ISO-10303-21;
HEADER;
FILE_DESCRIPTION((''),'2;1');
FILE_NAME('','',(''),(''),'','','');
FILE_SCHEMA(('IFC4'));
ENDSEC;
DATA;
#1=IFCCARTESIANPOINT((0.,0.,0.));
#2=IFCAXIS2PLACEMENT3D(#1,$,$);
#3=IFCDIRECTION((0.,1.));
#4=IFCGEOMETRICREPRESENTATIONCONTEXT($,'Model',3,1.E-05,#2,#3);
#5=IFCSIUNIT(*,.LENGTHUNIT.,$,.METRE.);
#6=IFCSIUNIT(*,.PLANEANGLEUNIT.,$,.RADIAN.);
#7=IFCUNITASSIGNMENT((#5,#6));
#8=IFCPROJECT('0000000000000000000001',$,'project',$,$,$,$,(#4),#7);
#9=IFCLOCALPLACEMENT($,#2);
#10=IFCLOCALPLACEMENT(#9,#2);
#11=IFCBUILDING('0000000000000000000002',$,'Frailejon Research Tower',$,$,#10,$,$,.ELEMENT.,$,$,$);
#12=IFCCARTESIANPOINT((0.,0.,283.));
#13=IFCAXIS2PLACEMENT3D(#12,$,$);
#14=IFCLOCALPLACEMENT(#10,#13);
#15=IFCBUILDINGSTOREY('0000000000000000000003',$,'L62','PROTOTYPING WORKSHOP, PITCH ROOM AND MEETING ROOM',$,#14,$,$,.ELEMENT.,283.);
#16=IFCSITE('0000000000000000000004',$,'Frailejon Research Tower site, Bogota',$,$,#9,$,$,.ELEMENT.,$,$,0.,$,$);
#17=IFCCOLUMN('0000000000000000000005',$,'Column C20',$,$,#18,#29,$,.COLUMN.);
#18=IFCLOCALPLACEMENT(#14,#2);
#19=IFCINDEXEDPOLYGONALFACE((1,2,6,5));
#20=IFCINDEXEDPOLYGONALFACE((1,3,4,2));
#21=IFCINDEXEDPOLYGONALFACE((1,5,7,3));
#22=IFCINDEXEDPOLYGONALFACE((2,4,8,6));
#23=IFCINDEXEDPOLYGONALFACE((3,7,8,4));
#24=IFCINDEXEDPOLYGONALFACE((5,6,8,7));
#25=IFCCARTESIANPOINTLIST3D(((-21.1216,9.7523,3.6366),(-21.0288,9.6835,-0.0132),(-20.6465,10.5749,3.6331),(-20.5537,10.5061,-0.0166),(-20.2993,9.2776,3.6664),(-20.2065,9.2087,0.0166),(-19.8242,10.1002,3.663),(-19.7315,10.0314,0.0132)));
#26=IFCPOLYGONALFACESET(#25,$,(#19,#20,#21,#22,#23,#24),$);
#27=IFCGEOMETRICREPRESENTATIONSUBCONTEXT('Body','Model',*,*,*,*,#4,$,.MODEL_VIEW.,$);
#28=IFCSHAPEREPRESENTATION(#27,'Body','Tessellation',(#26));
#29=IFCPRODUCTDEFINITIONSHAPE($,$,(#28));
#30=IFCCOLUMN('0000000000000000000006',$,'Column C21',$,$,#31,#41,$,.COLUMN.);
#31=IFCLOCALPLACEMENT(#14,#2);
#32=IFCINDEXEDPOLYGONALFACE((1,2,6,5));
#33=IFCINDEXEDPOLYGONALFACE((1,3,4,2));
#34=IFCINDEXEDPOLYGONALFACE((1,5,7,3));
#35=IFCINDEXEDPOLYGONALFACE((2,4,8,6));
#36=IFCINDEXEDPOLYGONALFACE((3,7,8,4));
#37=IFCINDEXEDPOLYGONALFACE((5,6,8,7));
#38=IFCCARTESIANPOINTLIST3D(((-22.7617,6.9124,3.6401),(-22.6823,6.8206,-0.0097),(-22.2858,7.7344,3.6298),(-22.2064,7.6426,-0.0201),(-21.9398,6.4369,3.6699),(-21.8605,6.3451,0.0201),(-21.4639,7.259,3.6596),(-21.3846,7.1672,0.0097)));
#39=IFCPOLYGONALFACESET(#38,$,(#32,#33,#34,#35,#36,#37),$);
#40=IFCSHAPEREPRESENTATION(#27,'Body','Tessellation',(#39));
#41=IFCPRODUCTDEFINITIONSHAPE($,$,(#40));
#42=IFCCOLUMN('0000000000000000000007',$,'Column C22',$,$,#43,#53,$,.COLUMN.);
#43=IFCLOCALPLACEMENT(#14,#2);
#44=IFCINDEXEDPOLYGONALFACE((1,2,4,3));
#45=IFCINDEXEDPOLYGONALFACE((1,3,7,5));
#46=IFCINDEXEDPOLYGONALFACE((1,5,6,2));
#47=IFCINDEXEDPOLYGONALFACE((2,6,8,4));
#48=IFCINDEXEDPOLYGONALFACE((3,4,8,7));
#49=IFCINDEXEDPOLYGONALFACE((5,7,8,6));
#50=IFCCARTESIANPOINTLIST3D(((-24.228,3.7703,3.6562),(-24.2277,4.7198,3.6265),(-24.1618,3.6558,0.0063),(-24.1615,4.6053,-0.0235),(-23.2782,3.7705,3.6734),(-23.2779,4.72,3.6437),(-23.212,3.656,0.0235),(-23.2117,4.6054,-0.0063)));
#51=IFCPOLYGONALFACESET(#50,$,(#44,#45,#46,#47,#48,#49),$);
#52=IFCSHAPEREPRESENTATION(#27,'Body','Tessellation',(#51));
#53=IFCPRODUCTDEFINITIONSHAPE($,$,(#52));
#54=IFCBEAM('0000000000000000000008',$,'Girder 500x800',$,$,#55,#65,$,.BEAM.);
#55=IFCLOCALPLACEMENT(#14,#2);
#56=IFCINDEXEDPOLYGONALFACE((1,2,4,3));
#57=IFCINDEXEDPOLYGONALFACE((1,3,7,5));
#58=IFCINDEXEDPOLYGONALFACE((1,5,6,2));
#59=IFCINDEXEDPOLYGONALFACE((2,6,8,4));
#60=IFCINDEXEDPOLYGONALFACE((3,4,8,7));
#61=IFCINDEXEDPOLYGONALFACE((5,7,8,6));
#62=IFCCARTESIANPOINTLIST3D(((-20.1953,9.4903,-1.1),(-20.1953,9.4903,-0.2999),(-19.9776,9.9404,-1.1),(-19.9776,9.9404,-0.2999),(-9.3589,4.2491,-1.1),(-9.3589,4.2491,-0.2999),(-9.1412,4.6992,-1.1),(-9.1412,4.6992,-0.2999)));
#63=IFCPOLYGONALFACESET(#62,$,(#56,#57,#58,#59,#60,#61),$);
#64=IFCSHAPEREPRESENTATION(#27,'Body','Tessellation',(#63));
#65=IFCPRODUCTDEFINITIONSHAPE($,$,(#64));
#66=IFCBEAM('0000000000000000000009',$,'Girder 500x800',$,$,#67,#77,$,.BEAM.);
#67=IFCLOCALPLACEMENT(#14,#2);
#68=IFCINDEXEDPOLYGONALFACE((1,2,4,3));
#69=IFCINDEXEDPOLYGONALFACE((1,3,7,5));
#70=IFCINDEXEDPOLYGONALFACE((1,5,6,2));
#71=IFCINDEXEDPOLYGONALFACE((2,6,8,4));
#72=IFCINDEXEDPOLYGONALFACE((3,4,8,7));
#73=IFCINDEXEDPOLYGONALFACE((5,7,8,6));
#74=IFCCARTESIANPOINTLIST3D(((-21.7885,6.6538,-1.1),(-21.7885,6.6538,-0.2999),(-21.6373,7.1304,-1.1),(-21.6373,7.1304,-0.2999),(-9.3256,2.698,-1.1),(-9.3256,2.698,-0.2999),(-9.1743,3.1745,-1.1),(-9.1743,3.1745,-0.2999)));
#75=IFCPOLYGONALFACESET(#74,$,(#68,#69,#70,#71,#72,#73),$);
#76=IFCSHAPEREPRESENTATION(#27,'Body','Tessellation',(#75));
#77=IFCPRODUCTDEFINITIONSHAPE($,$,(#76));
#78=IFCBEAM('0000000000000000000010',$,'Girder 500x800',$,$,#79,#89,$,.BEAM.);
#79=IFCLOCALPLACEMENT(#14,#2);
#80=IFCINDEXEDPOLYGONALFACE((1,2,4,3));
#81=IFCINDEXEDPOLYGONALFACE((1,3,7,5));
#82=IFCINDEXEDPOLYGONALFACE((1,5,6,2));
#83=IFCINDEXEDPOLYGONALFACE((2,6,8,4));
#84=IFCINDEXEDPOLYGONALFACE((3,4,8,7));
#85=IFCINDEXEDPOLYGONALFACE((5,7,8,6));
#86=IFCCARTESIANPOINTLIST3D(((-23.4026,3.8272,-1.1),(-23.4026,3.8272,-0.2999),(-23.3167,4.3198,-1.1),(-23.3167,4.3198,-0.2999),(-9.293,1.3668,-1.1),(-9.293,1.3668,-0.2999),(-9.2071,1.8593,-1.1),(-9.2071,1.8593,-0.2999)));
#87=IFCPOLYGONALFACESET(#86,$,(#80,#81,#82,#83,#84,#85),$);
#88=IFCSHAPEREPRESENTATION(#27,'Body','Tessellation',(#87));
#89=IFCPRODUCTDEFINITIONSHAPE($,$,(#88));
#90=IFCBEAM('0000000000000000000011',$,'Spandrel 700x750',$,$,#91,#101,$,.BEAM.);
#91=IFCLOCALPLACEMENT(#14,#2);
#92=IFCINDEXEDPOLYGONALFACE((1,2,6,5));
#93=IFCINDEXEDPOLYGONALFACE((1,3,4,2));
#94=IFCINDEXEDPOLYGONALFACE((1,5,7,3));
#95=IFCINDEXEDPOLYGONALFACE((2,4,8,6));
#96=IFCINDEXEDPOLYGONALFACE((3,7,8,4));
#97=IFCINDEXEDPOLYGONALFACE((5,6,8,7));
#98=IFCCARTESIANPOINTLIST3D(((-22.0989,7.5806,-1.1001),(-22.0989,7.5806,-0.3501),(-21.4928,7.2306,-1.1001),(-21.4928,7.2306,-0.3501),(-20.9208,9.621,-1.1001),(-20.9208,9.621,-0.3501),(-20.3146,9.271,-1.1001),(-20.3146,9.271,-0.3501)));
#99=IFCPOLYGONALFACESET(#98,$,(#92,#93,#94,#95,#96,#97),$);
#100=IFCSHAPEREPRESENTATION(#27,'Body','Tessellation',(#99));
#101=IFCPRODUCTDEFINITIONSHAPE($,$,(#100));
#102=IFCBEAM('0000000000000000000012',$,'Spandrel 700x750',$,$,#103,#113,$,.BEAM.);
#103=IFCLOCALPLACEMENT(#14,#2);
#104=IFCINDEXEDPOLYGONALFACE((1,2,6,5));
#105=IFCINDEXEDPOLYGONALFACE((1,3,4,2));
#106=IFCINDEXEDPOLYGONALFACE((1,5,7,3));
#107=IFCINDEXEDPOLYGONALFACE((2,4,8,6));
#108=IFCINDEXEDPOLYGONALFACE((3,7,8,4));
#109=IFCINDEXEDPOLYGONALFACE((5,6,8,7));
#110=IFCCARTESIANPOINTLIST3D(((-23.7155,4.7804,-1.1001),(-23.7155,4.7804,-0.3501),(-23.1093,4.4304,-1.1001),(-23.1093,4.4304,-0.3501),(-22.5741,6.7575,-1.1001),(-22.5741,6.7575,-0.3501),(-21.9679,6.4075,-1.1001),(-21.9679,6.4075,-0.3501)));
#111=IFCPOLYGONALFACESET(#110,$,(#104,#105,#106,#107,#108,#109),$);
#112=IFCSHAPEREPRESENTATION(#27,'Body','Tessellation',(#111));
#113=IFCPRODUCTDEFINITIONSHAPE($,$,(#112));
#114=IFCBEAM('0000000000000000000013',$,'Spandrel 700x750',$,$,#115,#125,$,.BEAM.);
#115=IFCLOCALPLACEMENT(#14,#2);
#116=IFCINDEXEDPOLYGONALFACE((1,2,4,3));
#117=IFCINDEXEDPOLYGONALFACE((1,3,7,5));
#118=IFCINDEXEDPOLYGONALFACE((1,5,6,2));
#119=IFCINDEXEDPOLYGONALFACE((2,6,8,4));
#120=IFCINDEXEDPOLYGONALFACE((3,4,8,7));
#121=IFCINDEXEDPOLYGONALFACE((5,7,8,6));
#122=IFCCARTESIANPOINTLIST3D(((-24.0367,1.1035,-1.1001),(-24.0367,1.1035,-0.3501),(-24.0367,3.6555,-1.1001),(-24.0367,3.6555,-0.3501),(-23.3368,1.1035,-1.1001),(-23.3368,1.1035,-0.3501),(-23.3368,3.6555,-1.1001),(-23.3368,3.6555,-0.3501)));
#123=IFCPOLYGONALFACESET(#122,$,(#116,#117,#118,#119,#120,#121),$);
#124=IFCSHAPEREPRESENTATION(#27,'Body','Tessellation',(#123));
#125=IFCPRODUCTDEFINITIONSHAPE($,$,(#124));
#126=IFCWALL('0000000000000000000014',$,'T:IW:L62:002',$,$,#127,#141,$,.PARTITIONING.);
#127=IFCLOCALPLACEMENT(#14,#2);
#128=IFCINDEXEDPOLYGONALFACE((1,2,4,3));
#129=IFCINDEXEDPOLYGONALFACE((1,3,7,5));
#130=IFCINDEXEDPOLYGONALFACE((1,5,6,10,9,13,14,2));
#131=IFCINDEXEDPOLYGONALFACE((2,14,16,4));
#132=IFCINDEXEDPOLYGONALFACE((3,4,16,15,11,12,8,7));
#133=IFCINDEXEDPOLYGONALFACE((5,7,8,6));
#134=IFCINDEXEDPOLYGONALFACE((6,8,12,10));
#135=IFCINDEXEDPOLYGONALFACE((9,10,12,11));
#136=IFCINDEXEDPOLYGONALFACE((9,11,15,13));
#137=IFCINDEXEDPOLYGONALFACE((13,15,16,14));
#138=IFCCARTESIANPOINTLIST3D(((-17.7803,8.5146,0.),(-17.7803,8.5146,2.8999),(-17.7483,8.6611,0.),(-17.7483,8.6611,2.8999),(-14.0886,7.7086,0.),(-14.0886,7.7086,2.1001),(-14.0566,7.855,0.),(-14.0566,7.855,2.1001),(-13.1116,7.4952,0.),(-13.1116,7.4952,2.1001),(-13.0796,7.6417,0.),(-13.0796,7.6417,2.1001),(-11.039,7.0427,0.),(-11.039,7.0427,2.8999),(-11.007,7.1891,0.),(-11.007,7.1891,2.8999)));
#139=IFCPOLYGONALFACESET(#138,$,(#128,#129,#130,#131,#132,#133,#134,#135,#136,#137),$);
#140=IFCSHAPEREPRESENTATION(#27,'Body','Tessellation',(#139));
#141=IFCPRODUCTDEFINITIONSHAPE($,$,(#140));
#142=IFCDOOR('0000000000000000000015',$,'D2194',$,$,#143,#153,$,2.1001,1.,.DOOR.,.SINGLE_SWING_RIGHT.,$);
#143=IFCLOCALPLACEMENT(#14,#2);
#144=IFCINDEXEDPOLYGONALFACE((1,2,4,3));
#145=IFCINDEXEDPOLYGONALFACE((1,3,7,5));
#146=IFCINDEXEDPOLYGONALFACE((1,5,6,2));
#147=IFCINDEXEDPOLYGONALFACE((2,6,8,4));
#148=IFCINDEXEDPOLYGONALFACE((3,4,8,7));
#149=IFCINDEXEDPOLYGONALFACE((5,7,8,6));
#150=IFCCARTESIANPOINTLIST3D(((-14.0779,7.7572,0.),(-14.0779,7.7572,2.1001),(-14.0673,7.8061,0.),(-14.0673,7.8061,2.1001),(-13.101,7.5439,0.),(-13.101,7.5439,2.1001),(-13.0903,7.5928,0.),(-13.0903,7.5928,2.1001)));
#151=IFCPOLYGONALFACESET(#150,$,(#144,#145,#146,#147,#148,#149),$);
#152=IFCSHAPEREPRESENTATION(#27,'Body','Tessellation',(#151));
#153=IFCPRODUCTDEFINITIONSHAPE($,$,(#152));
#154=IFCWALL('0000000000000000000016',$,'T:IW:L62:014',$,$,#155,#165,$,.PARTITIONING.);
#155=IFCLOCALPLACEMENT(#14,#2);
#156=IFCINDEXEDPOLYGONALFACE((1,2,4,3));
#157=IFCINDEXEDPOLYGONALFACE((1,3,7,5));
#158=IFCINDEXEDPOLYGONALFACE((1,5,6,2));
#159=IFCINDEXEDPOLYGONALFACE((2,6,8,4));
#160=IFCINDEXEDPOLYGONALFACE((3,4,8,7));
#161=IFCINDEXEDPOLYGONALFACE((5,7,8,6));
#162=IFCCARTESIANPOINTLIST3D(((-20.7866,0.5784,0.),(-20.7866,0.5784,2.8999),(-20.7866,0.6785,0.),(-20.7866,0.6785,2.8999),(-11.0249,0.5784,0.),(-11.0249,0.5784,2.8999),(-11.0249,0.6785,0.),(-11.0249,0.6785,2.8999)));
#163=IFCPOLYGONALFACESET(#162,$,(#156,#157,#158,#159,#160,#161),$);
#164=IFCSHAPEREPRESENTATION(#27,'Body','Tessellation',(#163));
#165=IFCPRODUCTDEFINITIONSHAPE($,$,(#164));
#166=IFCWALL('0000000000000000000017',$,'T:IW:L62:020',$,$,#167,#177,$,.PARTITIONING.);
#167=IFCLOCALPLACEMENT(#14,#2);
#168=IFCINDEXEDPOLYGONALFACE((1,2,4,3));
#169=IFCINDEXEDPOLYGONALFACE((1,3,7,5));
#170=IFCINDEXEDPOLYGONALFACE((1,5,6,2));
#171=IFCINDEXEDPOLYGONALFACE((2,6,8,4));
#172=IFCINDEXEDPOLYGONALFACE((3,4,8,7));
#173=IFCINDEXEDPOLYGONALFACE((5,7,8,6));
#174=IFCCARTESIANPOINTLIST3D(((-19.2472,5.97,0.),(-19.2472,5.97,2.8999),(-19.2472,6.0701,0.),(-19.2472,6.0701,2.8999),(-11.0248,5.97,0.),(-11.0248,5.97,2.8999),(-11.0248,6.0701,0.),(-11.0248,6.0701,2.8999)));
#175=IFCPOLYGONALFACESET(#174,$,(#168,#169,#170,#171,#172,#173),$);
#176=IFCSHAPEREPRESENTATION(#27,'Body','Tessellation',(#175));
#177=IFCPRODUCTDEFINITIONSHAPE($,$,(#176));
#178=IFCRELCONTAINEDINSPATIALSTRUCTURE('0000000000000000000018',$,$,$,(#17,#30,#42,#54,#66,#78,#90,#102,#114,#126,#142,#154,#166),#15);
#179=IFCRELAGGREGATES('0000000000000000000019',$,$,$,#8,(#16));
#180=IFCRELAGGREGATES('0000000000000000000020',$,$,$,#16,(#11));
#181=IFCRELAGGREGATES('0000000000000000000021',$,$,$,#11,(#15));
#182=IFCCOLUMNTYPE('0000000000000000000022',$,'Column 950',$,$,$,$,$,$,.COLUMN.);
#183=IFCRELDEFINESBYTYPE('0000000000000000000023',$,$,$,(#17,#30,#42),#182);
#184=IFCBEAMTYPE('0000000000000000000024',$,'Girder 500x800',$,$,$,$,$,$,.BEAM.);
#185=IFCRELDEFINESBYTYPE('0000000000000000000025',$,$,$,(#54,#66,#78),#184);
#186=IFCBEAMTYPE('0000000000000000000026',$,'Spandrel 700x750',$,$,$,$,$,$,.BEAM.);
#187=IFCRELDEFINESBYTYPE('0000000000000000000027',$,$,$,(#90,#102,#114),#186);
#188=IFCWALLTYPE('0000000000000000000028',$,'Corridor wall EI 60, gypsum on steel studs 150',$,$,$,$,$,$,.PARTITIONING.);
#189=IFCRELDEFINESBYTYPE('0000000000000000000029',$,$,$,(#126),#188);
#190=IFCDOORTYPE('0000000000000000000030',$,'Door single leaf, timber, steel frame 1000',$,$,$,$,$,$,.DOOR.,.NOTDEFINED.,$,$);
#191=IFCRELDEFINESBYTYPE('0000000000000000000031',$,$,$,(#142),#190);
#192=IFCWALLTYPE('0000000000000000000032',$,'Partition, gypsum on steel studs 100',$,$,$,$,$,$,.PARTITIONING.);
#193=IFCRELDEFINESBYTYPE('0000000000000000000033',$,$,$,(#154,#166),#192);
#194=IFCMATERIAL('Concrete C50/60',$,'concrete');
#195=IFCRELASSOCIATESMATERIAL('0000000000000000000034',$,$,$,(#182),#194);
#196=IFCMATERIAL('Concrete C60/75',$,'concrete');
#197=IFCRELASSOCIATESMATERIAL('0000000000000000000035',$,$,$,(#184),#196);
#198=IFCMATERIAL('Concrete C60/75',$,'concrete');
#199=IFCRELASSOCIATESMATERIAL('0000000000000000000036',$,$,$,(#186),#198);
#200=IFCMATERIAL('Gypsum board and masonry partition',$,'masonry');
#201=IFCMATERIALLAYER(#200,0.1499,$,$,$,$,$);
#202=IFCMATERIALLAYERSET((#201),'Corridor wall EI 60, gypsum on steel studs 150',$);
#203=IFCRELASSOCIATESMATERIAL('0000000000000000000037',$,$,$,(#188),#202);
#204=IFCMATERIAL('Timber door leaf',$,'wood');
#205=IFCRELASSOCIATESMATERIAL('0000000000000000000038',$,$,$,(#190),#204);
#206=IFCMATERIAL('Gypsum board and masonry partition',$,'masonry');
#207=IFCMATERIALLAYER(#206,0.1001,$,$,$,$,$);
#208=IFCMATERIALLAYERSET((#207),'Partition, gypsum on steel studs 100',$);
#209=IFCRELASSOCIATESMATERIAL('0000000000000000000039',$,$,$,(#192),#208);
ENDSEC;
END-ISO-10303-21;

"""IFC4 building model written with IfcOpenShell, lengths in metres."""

from ifc_helpers import new_model, si_unit, direction, frame, frame_2d, origin, origin_2d, place, context, subcontext, project, spatial, rectangle, extrude, material, layer, layer_set, material_profile, profile_set, type_object, element, fill, save


model = new_model("IFC4")

# Units and contexts
model_context = context("Model", 3, precision=1e-05, world=origin(), true_north=direction((0.0, 1.0)))
body_context = subcontext(model_context, "Body", "Model", "MODEL_VIEW")
ifc_project = project(units=[si_unit("LENGTHUNIT", "METRE"), si_unit("PLANEANGLEUNIT", "RADIAN")], contexts=[model_context])

# Site, building, storey
site_placement = place(None, origin())
site = spatial("IfcSite", under=ifc_project, at=site_placement, Name="Frailejon Research Tower site, Bogota", CompositionType="ELEMENT", RefElevation=0.0)
building_placement = place(site_placement, origin())
building = spatial("IfcBuilding", under=site, at=building_placement, Name="Frailejon Research Tower", CompositionType="ELEMENT")
storey_placement = place(building_placement, frame((0.0, 0.0, 283.0)))
storey = spatial("IfcBuildingStorey", under=building, at=storey_placement, Name="L62", Description="PROTOTYPING WORKSHOP, PITCH ROOM AND MEETING ROOM", CompositionType="ELEMENT", Elevation=283.0)

# Columns
ifc_material_1 = material(Name="Concrete C50/60", Category="concrete")
ifc_material_profile_1 = material_profile(ifc_material_1, rectangle(XDim=0.95, YDim=0.95, at=origin_2d()), Name="Column 950")
ifc_profile_set_1 = profile_set([ifc_material_profile_1], Name="Concrete C50/60")
column_type = type_object("IfcColumnType", Name="Column 950", PredefinedType="COLUMN", material=ifc_profile_set_1)
column_1_placement = place(storey_placement, frame((-20.3801, 9.8574, 0.0), z_axis=(-0.025405, 0.018853, 0.999499), x_axis=(-0.500084, -0.865969, 0.003624)))
element("IfcColumn", 1, at=column_1_placement, inside=storey, type_object=column_type, Name="Column C20", PredefinedType="COLUMN", context=body_context, shape_type="SweptSolid", body=[
    extrude(rectangle(XDim=0.95, YDim=0.95, at=origin_2d()), origin(), (0.0, 0.0, 1.0), 3.6516),
])
column_2_placement = place(storey_placement, frame((-22.0334, 6.9939, 0.0), z_axis=(-0.021727, 0.025137, 0.999448), x_axis=(-0.500981, -0.86539, 0.010874)))
element("IfcColumn", 2, at=column_2_placement, inside=storey, type_object=column_type, Name="Column C21", PredefinedType="COLUMN", context=body_context, shape_type="SweptSolid", body=[
    extrude(rectangle(XDim=0.95, YDim=0.95, at=origin_2d()), origin(), (0.0, 0.0, 1.0), 3.6519),
])
column_3_placement = place(storey_placement, frame((-23.6868, 4.1306, 0.0), z_axis=(-0.018115, 0.031351, 0.999344), x_axis=(-0.000375, -0.999508, 0.031349)))
element("IfcColumn", 3, at=column_3_placement, inside=storey, type_object=column_type, Name="Column C22", PredefinedType="COLUMN", context=body_context, shape_type="SweptSolid", body=[
    extrude(rectangle(XDim=0.95, YDim=0.95, at=origin_2d()), origin(), (0.0, 0.0, 1.0), 3.6523),
])

# Beams
ifc_material_2 = material(Name="Concrete C60/75", Category="concrete")
ifc_material_profile_2 = material_profile(ifc_material_2, rectangle(XDim=0.5, YDim=0.8, at=origin_2d()), Name="Girder 500x800")
ifc_profile_set_2 = profile_set([ifc_material_profile_2], Name="Concrete C60/75")
beam_type_1 = type_object("IfcBeamType", Name="Girder 500x800", PredefinedType="BEAM", material=ifc_profile_set_2)
beam_1_placement = place(storey_placement, frame((-20.0864, 9.7153, -0.7), z_axis=(0.900232, -0.435411, 0.0), x_axis=(0.435411, 0.900232, 0.0)))
element("IfcBeam", 4, at=beam_1_placement, inside=storey, type_object=beam_type_1, Name="Girder 500x800", PredefinedType="BEAM", context=body_context, shape_type="SweptSolid", body=[
    extrude(rectangle(XDim=0.5, YDim=0.8, at=origin_2d()), origin(), (0.0, 0.0, 1.0), 12.0374),
])
beam_2_placement = place(storey_placement, frame((-21.7129, 6.8921, -0.7), z_axis=(0.953139, -0.302533, 0.0), x_axis=(0.302533, 0.953139, 0.0)))
element("IfcBeam", 5, at=beam_2_placement, inside=storey, type_object=beam_type_1, Name="Girder 500x800", PredefinedType="BEAM", context=body_context, shape_type="SweptSolid", body=[
    extrude(rectangle(XDim=0.5, YDim=0.8, at=origin_2d()), origin(), (0.0, 0.0, 1.0), 13.0757),
])
beam_3_placement = place(storey_placement, frame((-23.3596, 4.0735, -0.7), z_axis=(0.985134, -0.171789, 0.0), x_axis=(0.171789, 0.985134, 0.0)))
element("IfcBeam", 6, at=beam_3_placement, inside=storey, type_object=beam_type_1, Name="Girder 500x800", PredefinedType="BEAM", context=body_context, shape_type="SweptSolid", body=[
    extrude(rectangle(XDim=0.5, YDim=0.8, at=origin_2d()), origin(), (0.0, 0.0, 1.0), 14.3225),
])
ifc_material_3 = material(Name="Concrete C60/75", Category="concrete")
ifc_material_profile_3 = material_profile(ifc_material_3, rectangle(XDim=0.7, YDim=0.75, at=origin_2d()), Name="Spandrel 700x750")
ifc_profile_set_3 = profile_set([ifc_material_profile_3], Name="Concrete C60/75")
beam_type_2 = type_object("IfcBeamType", Name="Spandrel 700x750", PredefinedType="BEAM", material=ifc_profile_set_3)
beam_4_placement = place(storey_placement, frame((-20.6177, 9.446, -0.7251), z_axis=(-0.500039, -0.866003, 0.0), x_axis=(0.866003, -0.500039, 0.0)))
element("IfcBeam", 7, at=beam_4_placement, inside=storey, type_object=beam_type_2, Name="Spandrel 700x750", PredefinedType="BEAM", context=body_context, shape_type="SweptSolid", body=[
    extrude(rectangle(XDim=0.7, YDim=0.75, at=origin_2d()), origin(), (0.0, 0.0, 1.0), 2.3562),
])
beam_5_placement = place(storey_placement, frame((-22.271, 6.5825, -0.7251), z_axis=(-0.499969, -0.866043, 0.0), x_axis=(0.866043, -0.499969, 0.0)))
element("IfcBeam", 8, at=beam_5_placement, inside=storey, type_object=beam_type_2, Name="Spandrel 700x750", PredefinedType="BEAM", context=body_context, shape_type="SweptSolid", body=[
    extrude(rectangle(XDim=0.7, YDim=0.75, at=origin_2d()), origin(), (0.0, 0.0, 1.0), 2.283),
])
beam_6_placement = place(storey_placement, frame((-23.6868, 3.6555, -0.7251), z_axis=(0.0, -1.0, 0.0), x_axis=(1.0, 0.0, 0.0)))
element("IfcBeam", 9, at=beam_6_placement, inside=storey, type_object=beam_type_2, Name="Spandrel 700x750", PredefinedType="BEAM", context=body_context, shape_type="SweptSolid", body=[
    extrude(rectangle(XDim=0.7, YDim=0.75, at=origin_2d()), origin(), (0.0, 0.0, 1.0), 2.552),
])

# Wall, opening, door
ifc_material_4 = material(Name="Gypsum board and masonry partition", Category="masonry")
ifc_layer_1 = layer(ifc_material_4, 0.1499)
ifc_layer_set_1 = layer_set([ifc_layer_1], Name="Corridor wall EI 60, gypsum on steel studs 150")
wall_type_1 = type_object("IfcWallType", Name="Corridor wall EI 60, gypsum on steel studs 150", PredefinedType="PARTITIONING", material=ifc_layer_set_1)
wall_1_placement = place(storey_placement, frame((-17.7644, 8.5879, 0.0), z_axis=(0.0, 0.0, 1.0), x_axis=(0.976982, -0.213321, 0.0)))
wall_1 = element("IfcWall", 10, at=wall_1_placement, inside=storey, type_object=wall_type_1, Name="T:IW:L62:002", PredefinedType="PARTITIONING", context=body_context, shape_type="SweptSolid", body=[
    extrude(rectangle(XDim=6.9001, YDim=0.1499, at=frame_2d((3.4502, 0.0))), origin(), (0.0, 0.0, 1.0), 2.8999),
])
opening_1_placement = place(wall_1_placement, frame((3.7788, 0.0, 0.0)))
opening_1 = element("IfcOpeningElement", 11, at=opening_1_placement, cuts=wall_1, PredefinedType="OPENING", context=body_context, shape_type="SweptSolid", body=[
    extrude(rectangle(XDim=1.0, YDim=2.1001, at=frame_2d((0.5, 1.05))), frame((0.0, 0.085, 0.0), z_axis=(0.0, -1.0, 0.0), x_axis=(1.0, 0.0, 0.0)), (0.0, 0.0, 1.0), 0.1699),
])
ifc_material_5 = material(Name="Timber door leaf", Category="wood")
door_type = type_object("IfcDoorType", Name="Door single leaf, timber, steel frame 1000", OperationType="NOTDEFINED", PredefinedType="DOOR", material=ifc_material_5)
door_placement = place(opening_1_placement, origin())
door = element("IfcDoor", 12, at=door_placement, inside=storey, type_object=door_type, Name="D2194", OperationType="SINGLE_SWING_RIGHT", OverallHeight=2.1001, OverallWidth=1.0, PredefinedType="DOOR", context=body_context, shape_type="SweptSolid", body=[
    extrude(rectangle(XDim=1.0, YDim=2.1001, at=frame_2d((0.5, 1.05))), frame((0.0, 0.0249, 0.0), z_axis=(0.0, -1.0, 0.0), x_axis=(1.0, 0.0, 0.0)), (0.0, 0.0, 1.0), 0.05),
])
fill(opening_1, door)

# Walls
ifc_material_6 = material(Name="Gypsum board and masonry partition", Category="masonry")
ifc_layer_2 = layer(ifc_material_6, 0.1001)
ifc_layer_set_2 = layer_set([ifc_layer_2], Name="Partition, gypsum on steel studs 100")
wall_type_2 = type_object("IfcWallType", Name="Partition, gypsum on steel studs 100", PredefinedType="PARTITIONING", material=ifc_layer_set_2)
wall_2_placement = place(storey_placement, frame((-20.7866, 0.6284, 0.0), z_axis=(0.0, 0.0, 1.0), x_axis=(1.0, 0.0, 0.0)))
element("IfcWall", 13, at=wall_2_placement, inside=storey, type_object=wall_type_2, Name="T:IW:L62:014", PredefinedType="PARTITIONING", context=body_context, shape_type="SweptSolid", body=[
    extrude(rectangle(XDim=9.7617, YDim=0.1001, at=frame_2d((4.8809, 0.0))), origin(), (0.0, 0.0, 1.0), 2.8999),
])
wall_3_placement = place(storey_placement, frame((-19.2473, 6.02, 0.0), z_axis=(0.0, 0.0, 1.0), x_axis=(1.0, 0.0, 0.0)))
element("IfcWall", 14, at=wall_3_placement, inside=storey, type_object=wall_type_2, Name="T:IW:L62:020", PredefinedType="PARTITIONING", context=body_context, shape_type="SweptSolid", body=[
    extrude(rectangle(XDim=8.2224, YDim=0.1001, at=frame_2d((4.1113, 0.0))), origin(), (0.0, 0.0, 1.0), 2.8999),
])

save(model, "model.ifc")
